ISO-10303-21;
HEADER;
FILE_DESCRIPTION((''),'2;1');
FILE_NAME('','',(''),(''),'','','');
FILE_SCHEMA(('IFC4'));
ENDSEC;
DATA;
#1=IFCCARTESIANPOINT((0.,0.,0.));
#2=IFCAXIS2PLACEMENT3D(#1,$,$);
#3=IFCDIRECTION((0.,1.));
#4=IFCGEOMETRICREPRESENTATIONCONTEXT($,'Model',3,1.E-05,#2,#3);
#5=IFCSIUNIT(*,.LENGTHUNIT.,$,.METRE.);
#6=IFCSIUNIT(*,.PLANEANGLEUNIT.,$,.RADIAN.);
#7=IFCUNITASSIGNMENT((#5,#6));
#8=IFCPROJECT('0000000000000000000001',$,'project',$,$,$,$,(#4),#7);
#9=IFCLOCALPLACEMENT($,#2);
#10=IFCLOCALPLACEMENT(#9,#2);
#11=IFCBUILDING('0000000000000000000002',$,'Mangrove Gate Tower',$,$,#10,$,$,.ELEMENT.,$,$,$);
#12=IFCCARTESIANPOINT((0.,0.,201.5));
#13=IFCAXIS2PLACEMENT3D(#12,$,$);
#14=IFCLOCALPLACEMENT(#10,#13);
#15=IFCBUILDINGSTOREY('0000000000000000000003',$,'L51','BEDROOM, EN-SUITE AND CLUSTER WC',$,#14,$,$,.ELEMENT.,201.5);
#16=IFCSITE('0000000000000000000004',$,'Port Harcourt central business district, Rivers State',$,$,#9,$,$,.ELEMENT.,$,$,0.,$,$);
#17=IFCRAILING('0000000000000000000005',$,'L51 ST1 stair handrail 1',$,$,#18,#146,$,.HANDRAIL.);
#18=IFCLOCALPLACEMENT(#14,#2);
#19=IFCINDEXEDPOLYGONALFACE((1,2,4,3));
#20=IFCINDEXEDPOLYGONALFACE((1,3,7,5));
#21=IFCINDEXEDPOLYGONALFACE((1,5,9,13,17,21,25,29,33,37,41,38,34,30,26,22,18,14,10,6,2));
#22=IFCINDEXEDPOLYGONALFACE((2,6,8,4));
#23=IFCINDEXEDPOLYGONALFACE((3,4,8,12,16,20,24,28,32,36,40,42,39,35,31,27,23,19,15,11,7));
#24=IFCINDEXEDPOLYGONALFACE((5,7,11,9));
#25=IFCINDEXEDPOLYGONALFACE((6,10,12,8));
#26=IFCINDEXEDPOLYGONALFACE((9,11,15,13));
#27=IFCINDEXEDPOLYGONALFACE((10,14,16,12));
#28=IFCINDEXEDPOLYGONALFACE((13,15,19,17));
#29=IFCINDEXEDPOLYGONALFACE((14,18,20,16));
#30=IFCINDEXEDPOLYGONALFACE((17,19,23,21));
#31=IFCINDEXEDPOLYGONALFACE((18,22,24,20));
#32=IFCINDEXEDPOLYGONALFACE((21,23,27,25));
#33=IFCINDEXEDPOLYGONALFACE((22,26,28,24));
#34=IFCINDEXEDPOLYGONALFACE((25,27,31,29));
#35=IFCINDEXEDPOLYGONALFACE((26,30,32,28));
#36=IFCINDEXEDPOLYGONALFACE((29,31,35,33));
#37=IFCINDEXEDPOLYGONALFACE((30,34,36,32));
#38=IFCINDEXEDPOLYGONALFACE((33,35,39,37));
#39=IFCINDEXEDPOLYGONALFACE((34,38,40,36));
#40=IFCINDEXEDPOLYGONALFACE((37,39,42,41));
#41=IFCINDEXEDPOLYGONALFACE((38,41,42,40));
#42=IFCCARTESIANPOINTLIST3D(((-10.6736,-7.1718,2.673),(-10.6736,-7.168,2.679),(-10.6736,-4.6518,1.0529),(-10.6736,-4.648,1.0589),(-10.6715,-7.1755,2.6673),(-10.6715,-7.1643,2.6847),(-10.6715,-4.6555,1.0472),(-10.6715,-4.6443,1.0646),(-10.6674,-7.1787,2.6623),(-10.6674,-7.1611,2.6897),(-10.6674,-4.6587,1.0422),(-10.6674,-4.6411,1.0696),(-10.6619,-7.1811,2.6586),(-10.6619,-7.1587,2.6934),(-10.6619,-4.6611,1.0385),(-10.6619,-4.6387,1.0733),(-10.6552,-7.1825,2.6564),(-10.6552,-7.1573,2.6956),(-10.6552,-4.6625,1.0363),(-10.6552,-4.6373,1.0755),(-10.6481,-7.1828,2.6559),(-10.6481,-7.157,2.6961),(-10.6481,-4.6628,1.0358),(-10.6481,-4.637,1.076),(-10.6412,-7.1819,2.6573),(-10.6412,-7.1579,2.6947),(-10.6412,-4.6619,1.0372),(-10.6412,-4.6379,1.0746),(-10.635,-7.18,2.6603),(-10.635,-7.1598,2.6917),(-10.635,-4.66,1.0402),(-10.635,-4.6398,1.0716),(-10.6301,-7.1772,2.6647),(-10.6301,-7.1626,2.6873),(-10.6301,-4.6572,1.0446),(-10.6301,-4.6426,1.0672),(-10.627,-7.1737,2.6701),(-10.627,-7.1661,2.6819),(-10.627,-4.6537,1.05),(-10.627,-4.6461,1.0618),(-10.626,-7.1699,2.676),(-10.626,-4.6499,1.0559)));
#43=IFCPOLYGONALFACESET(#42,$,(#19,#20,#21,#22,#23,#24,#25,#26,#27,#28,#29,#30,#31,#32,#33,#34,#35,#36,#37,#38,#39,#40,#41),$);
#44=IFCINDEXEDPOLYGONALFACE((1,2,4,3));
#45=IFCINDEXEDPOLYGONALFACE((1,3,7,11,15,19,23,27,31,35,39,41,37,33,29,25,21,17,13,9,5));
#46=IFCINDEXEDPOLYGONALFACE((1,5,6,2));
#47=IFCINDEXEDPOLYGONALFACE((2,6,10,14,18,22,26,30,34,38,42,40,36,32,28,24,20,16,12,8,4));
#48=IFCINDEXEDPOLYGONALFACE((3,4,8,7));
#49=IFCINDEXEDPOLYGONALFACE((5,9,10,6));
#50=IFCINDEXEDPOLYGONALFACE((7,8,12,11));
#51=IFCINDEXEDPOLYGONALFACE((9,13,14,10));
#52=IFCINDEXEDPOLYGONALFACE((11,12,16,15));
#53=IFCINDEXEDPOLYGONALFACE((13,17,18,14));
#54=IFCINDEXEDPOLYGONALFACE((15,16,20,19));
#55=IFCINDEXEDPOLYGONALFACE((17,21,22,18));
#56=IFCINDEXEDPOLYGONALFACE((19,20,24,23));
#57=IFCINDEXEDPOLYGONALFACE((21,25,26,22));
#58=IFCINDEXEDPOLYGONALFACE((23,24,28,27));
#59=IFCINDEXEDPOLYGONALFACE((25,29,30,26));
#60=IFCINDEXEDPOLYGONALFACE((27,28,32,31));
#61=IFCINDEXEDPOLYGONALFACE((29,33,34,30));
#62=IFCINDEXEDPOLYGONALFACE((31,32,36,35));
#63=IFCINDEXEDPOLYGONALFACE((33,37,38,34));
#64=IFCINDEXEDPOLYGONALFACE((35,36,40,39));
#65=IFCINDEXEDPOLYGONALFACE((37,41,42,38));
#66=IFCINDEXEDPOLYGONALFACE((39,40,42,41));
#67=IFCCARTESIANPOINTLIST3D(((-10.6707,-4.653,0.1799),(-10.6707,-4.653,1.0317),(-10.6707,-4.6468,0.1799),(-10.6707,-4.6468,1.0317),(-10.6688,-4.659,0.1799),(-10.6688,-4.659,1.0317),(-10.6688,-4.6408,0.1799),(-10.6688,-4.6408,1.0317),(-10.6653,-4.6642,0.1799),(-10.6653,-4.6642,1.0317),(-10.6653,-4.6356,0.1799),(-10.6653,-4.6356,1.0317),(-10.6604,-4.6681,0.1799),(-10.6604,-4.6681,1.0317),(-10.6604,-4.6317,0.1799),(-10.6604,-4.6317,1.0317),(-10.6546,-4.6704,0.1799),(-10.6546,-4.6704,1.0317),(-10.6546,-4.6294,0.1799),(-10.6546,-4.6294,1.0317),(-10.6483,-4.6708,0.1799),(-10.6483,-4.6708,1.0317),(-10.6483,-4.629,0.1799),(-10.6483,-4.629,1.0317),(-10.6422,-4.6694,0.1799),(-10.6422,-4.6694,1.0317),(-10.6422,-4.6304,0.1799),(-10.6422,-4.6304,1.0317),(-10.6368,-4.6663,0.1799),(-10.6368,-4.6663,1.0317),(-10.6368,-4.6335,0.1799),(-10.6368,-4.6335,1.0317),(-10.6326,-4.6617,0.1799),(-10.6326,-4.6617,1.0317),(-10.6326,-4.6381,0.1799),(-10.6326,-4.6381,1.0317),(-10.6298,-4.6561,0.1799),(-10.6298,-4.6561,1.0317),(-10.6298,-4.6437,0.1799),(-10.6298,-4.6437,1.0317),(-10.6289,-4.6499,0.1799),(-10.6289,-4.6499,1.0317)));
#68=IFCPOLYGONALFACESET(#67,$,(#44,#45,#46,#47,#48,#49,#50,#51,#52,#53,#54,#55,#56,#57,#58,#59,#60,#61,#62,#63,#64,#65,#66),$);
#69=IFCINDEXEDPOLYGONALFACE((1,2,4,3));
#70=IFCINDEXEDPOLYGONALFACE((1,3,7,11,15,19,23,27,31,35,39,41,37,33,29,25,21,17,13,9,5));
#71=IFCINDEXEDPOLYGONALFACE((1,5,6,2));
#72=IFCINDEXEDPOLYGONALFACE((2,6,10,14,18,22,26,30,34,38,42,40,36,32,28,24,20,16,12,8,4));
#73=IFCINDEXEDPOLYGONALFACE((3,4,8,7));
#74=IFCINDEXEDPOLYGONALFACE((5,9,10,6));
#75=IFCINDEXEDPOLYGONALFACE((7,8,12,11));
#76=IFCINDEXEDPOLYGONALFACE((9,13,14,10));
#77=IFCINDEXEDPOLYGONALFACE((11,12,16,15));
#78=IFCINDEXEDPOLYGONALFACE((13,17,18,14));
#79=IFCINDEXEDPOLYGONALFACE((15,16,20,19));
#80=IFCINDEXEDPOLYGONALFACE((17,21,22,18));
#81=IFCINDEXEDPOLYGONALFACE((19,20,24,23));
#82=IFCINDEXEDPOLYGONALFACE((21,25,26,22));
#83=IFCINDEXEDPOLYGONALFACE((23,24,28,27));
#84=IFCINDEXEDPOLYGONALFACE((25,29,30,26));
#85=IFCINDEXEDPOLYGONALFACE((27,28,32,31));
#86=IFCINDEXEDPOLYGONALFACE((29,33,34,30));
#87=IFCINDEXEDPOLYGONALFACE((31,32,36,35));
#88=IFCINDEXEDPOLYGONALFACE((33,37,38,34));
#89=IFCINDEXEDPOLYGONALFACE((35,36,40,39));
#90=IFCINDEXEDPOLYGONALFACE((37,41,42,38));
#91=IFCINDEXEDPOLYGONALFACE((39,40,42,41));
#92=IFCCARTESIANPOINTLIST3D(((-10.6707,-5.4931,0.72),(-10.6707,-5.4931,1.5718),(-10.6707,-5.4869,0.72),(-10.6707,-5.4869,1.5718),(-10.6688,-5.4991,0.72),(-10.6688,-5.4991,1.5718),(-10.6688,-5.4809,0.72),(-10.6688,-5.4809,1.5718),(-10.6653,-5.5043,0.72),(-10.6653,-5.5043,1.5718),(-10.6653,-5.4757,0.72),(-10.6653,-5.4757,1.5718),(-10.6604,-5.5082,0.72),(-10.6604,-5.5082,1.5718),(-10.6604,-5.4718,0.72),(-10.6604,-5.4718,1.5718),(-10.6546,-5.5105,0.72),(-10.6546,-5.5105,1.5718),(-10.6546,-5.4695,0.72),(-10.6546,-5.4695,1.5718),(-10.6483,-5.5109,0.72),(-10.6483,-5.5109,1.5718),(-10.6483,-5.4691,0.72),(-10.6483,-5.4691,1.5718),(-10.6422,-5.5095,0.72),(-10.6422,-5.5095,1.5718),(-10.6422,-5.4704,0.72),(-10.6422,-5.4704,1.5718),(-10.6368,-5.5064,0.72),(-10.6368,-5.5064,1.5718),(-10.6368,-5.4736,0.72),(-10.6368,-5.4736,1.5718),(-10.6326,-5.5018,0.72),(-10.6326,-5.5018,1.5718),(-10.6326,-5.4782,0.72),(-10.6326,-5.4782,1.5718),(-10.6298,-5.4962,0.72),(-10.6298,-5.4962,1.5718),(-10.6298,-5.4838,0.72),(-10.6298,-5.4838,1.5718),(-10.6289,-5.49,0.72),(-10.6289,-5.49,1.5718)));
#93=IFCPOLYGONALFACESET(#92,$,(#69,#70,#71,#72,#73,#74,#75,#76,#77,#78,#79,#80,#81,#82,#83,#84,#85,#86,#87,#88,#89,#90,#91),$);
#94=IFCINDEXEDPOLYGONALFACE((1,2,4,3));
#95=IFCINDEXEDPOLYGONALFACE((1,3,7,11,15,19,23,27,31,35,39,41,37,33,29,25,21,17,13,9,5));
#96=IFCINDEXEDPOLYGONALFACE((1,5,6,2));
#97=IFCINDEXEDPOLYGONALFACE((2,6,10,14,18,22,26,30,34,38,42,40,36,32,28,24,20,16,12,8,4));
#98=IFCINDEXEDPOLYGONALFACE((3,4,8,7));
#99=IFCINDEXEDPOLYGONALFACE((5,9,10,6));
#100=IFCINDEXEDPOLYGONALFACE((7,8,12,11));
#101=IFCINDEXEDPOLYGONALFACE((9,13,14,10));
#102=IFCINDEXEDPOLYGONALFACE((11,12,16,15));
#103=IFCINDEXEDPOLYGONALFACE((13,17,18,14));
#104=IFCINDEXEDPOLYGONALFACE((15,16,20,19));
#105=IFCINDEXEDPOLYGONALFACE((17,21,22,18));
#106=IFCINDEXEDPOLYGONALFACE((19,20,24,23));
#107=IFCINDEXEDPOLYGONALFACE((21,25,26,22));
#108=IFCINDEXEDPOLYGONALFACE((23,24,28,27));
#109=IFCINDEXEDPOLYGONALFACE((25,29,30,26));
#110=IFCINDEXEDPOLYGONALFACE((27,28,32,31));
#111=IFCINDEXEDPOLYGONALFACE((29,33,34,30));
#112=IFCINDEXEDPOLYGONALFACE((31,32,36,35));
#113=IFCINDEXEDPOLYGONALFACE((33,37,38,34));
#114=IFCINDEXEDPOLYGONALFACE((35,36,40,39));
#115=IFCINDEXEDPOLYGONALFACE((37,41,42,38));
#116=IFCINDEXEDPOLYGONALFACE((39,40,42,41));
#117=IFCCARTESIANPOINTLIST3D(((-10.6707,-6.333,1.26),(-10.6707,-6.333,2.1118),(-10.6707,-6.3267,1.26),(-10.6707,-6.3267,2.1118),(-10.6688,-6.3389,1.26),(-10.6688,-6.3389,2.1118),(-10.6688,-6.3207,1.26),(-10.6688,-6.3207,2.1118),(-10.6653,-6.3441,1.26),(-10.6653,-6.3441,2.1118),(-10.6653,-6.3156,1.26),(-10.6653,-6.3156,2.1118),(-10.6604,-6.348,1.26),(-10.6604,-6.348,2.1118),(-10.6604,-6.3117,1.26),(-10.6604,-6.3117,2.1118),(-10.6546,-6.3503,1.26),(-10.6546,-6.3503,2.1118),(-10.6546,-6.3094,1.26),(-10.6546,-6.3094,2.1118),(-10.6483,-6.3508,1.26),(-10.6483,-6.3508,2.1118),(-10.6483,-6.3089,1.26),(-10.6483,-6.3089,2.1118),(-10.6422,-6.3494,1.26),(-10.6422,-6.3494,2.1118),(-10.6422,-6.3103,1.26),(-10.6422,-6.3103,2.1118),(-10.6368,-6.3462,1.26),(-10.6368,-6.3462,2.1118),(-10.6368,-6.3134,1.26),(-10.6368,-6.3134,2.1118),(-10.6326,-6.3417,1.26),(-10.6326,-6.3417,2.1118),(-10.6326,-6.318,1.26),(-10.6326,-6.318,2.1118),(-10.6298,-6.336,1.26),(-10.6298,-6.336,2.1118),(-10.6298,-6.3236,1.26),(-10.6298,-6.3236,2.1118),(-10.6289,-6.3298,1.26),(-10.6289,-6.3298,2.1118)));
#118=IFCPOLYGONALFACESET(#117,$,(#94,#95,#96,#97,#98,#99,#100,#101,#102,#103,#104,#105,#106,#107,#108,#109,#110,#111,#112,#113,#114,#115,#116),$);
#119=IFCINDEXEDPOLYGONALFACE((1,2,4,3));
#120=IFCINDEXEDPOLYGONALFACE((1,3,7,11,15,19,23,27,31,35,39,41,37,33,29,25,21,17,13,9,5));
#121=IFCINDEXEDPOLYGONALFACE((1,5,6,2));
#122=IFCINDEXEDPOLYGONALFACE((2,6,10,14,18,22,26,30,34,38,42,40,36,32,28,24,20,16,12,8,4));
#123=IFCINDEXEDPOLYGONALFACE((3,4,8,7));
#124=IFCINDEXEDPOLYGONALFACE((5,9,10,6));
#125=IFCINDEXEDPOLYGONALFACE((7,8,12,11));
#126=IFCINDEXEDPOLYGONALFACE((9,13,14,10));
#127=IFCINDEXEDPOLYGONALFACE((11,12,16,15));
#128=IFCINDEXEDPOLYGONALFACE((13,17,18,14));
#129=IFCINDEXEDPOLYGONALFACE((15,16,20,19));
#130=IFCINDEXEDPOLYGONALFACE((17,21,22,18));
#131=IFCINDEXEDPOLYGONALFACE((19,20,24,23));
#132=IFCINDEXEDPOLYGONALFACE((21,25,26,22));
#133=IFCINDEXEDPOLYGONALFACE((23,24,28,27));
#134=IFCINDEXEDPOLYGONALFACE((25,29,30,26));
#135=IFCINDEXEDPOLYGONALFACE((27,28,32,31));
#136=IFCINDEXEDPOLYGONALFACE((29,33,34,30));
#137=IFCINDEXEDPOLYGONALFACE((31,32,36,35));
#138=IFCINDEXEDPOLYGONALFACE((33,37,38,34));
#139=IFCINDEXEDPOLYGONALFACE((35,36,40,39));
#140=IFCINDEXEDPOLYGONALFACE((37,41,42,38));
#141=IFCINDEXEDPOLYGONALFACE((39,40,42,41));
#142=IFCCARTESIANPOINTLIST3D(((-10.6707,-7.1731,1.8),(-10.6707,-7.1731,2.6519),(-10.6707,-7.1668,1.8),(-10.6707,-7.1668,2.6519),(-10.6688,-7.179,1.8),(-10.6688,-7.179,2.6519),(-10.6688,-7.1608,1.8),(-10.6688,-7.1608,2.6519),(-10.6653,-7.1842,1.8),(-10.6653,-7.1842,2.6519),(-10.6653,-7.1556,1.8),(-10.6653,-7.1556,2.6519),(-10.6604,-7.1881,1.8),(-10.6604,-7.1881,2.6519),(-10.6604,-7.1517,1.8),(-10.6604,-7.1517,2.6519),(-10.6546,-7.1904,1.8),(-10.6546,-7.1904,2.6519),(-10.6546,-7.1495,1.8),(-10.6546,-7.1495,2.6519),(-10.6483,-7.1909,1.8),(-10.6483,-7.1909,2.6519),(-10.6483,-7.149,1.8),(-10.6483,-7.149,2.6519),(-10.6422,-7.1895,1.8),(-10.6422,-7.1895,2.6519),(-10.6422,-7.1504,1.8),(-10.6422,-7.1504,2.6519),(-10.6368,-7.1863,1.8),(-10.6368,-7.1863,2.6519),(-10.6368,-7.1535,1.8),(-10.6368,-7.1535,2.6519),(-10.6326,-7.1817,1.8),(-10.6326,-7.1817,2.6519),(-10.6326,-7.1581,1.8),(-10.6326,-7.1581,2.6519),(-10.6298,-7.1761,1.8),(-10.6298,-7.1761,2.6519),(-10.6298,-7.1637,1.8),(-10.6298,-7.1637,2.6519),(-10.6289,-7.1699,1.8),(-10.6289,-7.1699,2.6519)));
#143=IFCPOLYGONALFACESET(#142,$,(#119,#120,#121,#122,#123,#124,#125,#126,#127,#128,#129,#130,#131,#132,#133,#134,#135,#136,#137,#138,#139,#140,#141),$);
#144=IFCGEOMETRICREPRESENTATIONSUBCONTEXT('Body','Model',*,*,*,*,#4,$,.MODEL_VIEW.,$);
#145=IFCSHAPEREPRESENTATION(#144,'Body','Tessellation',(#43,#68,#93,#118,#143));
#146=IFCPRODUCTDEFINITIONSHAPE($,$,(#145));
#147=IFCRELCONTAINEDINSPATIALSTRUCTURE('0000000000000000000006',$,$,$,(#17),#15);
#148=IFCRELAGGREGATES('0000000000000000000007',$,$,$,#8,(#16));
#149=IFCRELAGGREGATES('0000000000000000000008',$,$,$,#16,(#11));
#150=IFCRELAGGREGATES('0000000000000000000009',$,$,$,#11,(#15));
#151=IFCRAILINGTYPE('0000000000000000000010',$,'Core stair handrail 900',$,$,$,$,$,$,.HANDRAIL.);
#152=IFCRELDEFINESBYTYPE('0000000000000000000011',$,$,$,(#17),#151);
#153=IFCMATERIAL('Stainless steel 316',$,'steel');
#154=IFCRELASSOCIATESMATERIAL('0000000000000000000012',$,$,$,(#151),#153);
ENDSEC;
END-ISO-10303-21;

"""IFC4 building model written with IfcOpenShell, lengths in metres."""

from ifc_helpers import new_model, si_unit, direction, frame, origin, origin_2d, place, context, subcontext, project, spatial, circle, extrude, material, type_object, element, save


model = new_model("IFC4")

# Units and contexts
model_context = context("Model", 3, precision=1e-05, world=origin(), true_north=direction((0.0, 1.0)))
body_context = subcontext(model_context, "Body", "Model", "MODEL_VIEW")
ifc_project = project(units=[si_unit("LENGTHUNIT", "METRE"), si_unit("PLANEANGLEUNIT", "RADIAN")], contexts=[model_context])

# Site, building, storey
site_placement = place(None, origin())
site = spatial("IfcSite", under=ifc_project, at=site_placement, Name="Port Harcourt central business district, Rivers State", CompositionType="ELEMENT", RefElevation=0.0)
building_placement = place(site_placement, origin())
building = spatial("IfcBuilding", under=site, at=building_placement, Name="Mangrove Gate Tower", CompositionType="ELEMENT")
storey_placement = place(building_placement, frame((0.0, 0.0, 201.5)))
storey = spatial("IfcBuildingStorey", under=building, at=storey_placement, Name="L51", Description="BEDROOM, EN-SUITE AND CLUSTER WC", CompositionType="ELEMENT", Elevation=201.5)

# Railing
ifc_material_1 = material(Name="Stainless steel 316", Category="steel")
railing_type_1 = type_object("IfcRailingType", Name="Core stair handrail 900", PredefinedType="HANDRAIL", material=ifc_material_1)
railing_1_placement = place(storey_placement, frame((-10.6499, -4.6499, 0.1799)))
element("IfcRailing", 1, at=railing_1_placement, inside=storey, type_object=railing_type_1, Name="L51 ST1 stair handrail 1", PredefinedType="HANDRAIL", context=body_context, shape_type="SweptSolid", body=[
    extrude(circle(Radius=0.0239, at=origin_2d()), frame((0.0, 0.0, 0.876), z_axis=(0.0, -0.841163, 0.540782), x_axis=(1.0, 0.0, 0.0)), (0.0, 0.0, 1.0), 2.9958),
    extrude(circle(Radius=0.021, at=origin_2d()), origin(), (0.0, 0.0, 1.0), 0.8518),
    extrude(circle(Radius=0.021, at=origin_2d()), frame((0.0, -0.8401, 0.54)), (0.0, 0.0, 1.0), 0.8518),
    extrude(circle(Radius=0.021, at=origin_2d()), frame((0.0, -1.6799, 1.0801)), (0.0, 0.0, 1.0), 0.8518),
    extrude(circle(Radius=0.021, at=origin_2d()), frame((0.0, -2.52, 1.6201)), (0.0, 0.0, 1.0), 0.8518),
])

save(model, "model.ifc")
